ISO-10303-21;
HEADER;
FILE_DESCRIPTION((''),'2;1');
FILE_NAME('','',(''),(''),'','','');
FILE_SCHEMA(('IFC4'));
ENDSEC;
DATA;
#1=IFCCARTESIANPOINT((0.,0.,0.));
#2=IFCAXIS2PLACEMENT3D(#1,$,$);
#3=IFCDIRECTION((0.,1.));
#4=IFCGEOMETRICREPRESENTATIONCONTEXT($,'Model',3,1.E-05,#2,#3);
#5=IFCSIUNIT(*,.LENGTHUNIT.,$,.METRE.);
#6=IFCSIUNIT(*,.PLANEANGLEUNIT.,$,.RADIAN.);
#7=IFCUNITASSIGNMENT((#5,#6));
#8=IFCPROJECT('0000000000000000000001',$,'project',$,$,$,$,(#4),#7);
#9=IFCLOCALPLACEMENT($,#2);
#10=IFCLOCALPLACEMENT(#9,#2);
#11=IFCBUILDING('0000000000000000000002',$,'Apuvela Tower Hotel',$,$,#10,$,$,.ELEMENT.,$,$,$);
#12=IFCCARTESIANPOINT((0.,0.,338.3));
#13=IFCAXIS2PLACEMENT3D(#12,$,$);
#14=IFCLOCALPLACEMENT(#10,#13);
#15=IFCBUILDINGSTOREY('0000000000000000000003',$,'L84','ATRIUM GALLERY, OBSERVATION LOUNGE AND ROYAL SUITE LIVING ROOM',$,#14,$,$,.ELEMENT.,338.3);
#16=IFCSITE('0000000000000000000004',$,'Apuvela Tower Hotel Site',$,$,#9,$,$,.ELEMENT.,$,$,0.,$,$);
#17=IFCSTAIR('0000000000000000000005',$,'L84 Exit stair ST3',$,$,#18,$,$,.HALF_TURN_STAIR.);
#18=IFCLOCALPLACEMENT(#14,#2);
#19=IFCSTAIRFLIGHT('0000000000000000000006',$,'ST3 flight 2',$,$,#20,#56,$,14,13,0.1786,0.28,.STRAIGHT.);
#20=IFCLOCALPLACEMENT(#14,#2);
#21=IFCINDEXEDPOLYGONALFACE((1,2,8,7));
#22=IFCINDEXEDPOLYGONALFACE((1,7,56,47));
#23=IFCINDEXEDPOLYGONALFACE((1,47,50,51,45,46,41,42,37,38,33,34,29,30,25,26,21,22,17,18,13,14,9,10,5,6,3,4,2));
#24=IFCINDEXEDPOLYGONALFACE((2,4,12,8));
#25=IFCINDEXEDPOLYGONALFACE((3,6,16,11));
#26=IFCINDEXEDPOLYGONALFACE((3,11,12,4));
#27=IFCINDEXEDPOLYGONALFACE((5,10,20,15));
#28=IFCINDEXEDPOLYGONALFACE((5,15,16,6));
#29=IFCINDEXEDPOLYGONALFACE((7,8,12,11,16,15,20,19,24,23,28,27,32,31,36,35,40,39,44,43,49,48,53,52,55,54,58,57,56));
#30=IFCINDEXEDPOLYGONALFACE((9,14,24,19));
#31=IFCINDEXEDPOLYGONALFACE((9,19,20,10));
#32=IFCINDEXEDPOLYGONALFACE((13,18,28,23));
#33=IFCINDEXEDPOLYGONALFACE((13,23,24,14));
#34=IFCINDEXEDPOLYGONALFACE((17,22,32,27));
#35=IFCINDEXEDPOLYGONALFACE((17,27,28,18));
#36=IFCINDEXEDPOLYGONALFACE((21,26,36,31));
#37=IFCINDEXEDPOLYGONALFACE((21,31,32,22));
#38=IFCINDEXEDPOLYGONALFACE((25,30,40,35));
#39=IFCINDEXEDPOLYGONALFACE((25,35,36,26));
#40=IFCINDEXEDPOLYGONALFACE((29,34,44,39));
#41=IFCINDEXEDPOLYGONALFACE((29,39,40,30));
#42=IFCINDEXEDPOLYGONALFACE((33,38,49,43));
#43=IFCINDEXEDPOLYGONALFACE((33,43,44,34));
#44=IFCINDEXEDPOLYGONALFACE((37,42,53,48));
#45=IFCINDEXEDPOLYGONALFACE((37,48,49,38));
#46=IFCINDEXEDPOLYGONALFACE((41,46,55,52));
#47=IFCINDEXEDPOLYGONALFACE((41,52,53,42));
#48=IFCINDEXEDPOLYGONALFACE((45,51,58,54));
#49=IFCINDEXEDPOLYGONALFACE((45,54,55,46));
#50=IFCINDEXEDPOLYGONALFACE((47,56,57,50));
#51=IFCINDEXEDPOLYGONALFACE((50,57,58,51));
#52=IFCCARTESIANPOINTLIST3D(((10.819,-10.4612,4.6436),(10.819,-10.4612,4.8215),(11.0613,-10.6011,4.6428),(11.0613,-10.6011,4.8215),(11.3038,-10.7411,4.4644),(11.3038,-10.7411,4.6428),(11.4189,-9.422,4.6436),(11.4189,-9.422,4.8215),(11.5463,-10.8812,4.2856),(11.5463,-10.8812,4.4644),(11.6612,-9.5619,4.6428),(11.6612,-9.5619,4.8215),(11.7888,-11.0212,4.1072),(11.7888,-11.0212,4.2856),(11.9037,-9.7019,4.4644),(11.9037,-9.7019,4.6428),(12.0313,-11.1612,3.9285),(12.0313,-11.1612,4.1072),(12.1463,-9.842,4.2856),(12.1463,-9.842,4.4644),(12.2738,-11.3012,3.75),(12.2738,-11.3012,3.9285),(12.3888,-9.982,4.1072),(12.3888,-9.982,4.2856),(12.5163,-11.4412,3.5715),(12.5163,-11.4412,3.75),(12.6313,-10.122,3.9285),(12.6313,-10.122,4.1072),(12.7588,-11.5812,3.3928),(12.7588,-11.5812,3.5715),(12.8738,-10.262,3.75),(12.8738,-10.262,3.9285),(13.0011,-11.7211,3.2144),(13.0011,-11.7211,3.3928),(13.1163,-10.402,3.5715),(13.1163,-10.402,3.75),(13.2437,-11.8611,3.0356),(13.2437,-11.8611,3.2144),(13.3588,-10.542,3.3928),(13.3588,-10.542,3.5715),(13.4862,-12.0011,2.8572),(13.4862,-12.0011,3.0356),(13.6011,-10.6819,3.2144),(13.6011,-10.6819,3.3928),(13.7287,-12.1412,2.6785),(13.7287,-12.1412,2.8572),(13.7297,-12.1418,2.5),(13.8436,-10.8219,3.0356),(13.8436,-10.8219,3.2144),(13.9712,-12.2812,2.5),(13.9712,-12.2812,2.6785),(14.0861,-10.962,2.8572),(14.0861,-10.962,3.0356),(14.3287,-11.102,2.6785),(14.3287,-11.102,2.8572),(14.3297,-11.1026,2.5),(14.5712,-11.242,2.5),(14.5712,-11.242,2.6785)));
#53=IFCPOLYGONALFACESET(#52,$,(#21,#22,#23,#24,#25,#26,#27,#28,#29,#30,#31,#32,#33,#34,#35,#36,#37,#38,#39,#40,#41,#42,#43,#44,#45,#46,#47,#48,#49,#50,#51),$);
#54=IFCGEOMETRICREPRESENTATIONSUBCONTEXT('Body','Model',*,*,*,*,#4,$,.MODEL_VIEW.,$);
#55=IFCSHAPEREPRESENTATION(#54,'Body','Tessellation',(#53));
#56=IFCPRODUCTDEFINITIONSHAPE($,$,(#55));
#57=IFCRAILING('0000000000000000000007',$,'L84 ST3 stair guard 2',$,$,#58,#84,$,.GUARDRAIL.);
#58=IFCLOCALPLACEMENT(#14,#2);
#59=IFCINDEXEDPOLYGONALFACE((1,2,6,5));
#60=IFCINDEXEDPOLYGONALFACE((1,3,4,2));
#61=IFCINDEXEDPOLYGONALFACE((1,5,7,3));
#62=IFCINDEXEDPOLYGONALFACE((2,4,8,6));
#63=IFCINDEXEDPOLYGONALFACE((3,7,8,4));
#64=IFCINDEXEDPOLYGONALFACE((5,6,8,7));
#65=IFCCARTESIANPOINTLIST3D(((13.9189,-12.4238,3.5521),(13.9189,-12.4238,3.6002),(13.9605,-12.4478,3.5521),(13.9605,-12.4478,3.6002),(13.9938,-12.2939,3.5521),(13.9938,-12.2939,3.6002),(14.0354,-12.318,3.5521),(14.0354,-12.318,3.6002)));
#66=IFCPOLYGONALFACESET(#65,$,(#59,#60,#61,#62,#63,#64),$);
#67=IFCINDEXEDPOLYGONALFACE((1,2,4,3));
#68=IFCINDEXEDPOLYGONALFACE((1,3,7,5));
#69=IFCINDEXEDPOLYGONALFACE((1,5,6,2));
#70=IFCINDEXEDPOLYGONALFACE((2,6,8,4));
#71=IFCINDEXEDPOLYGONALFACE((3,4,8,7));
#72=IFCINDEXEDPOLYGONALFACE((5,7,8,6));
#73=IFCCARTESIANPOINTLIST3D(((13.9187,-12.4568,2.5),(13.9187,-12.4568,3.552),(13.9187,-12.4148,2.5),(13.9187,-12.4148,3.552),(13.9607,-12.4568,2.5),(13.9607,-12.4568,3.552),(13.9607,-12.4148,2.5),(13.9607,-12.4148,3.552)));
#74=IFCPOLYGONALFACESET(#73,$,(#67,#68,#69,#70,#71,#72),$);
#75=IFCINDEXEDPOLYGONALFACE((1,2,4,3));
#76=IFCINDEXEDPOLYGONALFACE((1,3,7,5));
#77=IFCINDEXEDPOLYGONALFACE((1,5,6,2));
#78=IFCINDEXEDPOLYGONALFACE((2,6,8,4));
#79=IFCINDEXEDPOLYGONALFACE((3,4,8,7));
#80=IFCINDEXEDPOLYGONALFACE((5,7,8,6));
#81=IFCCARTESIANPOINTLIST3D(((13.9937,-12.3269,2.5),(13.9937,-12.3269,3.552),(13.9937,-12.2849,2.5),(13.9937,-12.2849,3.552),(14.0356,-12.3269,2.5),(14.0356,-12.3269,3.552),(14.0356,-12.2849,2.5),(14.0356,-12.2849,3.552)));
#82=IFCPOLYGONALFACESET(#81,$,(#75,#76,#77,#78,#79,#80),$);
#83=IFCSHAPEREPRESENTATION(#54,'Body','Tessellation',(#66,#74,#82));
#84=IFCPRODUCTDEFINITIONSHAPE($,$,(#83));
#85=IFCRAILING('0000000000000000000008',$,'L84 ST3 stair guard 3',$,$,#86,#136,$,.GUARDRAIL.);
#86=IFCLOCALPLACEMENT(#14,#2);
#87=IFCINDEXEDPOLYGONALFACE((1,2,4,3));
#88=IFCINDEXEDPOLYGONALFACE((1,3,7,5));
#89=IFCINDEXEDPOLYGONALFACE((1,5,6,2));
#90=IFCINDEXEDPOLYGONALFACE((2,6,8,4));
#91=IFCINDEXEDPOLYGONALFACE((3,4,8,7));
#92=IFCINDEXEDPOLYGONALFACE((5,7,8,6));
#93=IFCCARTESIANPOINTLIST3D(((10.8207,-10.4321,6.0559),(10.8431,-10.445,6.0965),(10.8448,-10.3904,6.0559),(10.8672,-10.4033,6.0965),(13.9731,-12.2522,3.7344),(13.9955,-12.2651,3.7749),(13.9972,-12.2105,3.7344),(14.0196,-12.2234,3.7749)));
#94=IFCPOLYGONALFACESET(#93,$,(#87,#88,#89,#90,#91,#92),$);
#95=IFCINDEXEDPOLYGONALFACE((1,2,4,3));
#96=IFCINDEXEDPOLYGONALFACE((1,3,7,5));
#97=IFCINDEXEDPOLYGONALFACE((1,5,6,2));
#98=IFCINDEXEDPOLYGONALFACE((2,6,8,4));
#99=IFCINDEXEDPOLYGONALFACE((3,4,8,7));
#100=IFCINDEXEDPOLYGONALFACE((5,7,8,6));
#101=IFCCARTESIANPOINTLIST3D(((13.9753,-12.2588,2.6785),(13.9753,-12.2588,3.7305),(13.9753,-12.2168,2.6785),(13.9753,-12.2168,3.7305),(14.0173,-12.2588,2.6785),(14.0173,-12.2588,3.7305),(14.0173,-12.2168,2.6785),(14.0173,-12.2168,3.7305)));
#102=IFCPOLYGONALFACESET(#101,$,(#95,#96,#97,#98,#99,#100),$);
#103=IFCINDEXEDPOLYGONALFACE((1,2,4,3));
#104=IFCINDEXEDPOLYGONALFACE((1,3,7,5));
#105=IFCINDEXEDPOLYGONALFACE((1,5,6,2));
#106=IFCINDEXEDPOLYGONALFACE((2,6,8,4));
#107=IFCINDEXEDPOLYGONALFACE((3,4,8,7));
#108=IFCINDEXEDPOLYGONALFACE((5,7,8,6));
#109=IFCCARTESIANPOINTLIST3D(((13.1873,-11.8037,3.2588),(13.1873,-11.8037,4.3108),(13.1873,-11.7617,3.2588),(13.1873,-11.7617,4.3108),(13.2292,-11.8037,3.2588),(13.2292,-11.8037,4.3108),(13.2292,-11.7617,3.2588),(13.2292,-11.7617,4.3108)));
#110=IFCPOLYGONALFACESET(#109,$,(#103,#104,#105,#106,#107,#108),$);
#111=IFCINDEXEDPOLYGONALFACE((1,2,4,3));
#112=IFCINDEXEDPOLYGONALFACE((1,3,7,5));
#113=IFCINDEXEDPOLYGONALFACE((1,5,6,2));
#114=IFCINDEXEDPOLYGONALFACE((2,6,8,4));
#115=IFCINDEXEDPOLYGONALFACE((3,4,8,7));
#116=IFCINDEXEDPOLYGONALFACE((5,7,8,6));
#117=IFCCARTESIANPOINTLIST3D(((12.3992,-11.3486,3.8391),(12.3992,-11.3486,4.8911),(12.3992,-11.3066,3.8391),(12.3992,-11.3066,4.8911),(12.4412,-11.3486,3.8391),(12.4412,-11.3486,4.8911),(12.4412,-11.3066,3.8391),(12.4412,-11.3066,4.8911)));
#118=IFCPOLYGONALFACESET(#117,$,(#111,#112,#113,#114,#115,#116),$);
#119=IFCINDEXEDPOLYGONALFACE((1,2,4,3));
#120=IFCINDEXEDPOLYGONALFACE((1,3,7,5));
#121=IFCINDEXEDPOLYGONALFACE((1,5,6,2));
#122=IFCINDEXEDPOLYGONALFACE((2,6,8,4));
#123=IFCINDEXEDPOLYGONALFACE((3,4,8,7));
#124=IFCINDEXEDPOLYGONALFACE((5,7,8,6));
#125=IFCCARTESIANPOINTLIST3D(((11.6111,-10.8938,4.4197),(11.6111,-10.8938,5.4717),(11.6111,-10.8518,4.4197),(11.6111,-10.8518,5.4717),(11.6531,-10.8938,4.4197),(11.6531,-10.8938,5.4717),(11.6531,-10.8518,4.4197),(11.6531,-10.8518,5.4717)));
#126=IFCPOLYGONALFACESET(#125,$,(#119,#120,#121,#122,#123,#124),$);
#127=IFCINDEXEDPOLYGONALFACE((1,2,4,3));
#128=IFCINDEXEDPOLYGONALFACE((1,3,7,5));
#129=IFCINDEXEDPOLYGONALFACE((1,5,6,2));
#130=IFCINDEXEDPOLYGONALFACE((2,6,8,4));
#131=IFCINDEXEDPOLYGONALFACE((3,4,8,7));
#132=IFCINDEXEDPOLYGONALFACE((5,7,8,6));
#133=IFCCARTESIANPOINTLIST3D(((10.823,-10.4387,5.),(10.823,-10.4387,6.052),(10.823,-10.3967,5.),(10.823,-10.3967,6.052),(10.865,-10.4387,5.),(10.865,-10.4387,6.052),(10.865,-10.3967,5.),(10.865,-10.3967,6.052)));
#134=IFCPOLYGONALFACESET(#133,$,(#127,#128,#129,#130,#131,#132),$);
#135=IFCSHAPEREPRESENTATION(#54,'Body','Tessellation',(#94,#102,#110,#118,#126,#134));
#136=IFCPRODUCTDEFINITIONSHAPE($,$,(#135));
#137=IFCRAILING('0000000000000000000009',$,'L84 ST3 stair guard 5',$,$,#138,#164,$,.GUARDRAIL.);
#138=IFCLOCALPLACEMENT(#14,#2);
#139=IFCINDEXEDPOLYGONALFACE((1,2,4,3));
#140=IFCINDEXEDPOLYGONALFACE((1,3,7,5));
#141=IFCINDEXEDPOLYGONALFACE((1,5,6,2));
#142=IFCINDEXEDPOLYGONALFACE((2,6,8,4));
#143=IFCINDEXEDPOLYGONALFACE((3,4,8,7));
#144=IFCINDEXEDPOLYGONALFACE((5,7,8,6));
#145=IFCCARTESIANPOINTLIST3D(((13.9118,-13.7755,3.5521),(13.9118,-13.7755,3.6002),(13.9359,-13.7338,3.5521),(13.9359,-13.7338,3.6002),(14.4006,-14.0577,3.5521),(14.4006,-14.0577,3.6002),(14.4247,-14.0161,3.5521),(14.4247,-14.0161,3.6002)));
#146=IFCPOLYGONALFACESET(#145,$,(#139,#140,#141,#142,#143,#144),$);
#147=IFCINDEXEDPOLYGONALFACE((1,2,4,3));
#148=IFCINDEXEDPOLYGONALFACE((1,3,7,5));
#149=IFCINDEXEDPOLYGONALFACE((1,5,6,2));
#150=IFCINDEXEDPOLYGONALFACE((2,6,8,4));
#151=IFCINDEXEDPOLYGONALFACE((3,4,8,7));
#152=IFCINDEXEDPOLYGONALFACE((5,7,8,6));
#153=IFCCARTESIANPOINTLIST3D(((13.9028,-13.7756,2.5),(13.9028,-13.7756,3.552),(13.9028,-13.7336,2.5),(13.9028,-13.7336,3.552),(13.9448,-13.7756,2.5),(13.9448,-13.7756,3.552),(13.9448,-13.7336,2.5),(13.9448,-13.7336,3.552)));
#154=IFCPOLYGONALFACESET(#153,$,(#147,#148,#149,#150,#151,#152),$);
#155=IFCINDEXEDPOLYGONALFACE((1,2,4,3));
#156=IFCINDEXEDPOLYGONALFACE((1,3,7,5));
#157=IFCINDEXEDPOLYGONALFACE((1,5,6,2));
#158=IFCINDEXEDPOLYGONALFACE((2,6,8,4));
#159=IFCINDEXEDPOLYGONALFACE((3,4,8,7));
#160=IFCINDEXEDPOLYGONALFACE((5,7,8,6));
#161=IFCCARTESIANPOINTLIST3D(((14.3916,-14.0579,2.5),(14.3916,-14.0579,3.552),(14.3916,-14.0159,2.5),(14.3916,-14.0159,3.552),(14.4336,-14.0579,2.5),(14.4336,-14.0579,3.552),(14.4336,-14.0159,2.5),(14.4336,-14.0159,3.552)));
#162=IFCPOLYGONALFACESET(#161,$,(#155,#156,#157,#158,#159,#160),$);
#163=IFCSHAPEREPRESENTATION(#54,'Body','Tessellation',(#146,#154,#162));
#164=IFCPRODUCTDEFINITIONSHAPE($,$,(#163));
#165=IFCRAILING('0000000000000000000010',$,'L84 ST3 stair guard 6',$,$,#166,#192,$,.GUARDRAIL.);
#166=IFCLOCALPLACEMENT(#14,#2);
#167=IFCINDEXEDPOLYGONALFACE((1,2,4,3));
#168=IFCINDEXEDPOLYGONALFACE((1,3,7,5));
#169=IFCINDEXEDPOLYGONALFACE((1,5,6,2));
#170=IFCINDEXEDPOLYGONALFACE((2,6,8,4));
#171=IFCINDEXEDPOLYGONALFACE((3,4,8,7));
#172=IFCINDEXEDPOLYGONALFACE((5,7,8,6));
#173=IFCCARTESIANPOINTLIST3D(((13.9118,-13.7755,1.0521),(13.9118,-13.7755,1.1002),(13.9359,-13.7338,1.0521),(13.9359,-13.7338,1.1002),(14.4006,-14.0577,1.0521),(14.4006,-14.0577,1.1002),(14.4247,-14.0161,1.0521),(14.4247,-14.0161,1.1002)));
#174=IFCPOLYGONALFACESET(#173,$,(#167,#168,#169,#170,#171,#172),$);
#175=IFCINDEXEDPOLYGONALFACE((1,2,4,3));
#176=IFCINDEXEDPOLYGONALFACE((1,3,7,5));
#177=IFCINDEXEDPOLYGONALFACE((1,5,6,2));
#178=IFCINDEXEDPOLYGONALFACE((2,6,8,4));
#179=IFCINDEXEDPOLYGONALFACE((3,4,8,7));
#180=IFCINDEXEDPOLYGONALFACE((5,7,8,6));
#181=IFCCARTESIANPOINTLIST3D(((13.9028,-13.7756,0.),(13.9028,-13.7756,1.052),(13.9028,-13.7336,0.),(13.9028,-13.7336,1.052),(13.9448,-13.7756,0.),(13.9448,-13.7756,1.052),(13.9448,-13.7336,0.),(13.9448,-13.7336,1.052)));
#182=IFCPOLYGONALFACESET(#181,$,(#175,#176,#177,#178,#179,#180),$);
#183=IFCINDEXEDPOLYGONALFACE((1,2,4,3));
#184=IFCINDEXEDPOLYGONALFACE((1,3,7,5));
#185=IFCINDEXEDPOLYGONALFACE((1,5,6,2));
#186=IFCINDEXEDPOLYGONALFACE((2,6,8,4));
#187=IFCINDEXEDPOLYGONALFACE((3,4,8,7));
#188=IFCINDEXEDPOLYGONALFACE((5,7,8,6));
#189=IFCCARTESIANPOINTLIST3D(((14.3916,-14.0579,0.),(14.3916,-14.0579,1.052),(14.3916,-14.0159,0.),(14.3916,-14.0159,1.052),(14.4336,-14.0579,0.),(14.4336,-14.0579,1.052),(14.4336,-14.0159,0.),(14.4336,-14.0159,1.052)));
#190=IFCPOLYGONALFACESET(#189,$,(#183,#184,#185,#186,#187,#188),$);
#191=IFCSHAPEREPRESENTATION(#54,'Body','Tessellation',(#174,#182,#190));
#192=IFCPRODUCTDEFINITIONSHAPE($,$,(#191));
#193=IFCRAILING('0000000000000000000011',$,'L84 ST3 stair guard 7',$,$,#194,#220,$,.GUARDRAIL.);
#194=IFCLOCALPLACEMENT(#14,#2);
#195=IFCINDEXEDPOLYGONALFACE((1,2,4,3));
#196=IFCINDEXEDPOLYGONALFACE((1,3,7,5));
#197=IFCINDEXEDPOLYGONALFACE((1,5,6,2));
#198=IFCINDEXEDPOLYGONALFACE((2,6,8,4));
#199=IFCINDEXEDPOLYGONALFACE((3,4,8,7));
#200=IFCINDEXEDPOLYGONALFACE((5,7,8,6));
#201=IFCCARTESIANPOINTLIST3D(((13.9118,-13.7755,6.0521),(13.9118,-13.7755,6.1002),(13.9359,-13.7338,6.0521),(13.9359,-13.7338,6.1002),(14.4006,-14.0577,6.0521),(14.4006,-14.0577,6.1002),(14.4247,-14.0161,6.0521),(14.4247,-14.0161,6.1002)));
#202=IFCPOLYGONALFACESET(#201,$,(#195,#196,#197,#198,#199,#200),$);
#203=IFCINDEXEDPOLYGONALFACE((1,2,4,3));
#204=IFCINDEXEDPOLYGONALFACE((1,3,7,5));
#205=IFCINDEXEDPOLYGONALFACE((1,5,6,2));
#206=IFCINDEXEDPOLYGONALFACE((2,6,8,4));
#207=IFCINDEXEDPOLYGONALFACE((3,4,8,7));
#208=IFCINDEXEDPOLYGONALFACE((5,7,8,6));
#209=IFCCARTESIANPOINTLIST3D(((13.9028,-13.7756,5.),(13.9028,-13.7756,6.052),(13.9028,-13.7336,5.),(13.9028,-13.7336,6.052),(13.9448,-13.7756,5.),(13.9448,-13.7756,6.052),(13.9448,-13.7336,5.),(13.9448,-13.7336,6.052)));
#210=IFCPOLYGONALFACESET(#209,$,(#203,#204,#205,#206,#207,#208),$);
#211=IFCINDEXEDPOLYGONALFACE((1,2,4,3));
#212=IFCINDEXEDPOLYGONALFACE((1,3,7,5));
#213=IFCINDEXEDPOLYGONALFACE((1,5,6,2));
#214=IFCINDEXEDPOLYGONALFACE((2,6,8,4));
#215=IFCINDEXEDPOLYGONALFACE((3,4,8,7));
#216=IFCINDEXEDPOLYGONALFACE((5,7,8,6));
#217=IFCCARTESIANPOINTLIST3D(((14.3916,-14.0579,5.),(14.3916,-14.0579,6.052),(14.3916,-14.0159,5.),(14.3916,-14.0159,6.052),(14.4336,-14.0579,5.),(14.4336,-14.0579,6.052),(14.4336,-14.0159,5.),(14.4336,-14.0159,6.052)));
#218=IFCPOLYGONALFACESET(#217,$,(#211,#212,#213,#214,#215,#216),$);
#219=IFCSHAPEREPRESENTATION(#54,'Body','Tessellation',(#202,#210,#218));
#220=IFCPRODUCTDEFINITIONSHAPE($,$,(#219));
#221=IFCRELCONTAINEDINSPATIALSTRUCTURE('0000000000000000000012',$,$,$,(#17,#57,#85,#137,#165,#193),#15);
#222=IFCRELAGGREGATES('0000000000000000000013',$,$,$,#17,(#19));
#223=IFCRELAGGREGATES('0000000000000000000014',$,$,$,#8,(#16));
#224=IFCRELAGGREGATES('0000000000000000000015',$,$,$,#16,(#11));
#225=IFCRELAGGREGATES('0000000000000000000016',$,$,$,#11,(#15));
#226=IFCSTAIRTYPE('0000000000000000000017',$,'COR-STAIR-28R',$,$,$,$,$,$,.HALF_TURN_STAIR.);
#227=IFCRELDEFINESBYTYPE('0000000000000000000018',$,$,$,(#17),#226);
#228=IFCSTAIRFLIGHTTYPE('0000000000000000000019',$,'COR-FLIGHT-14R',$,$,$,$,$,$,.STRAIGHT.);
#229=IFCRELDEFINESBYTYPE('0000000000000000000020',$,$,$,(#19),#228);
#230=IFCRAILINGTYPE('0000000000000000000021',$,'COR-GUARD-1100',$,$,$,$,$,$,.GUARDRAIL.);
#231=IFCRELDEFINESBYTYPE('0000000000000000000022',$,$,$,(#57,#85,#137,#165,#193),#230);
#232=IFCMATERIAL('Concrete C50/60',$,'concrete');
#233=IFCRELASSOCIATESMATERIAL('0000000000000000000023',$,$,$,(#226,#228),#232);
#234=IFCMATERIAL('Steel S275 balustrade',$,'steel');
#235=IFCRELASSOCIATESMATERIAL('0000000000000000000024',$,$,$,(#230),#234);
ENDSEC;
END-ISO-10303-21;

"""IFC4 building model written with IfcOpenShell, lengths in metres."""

from ifc_helpers import new_model, si_unit, direction, frame, origin, origin_2d, place, context, subcontext, project, spatial, polyline, rectangle, outline, extrude, material, type_object, element, aggregate, save


model = new_model("IFC4")

# Units and contexts
model_context = context("Model", 3, precision=1e-05, world=origin(), true_north=direction((0.0, 1.0)))
body_context = subcontext(model_context, "Body", "Model", "MODEL_VIEW")
ifc_project = project(units=[si_unit("LENGTHUNIT", "METRE"), si_unit("PLANEANGLEUNIT", "RADIAN")], contexts=[model_context])

# Site, building, storey
site_placement = place(None, origin())
site = spatial("IfcSite", under=ifc_project, at=site_placement, Name="Apuvela Tower Hotel Site", CompositionType="ELEMENT", RefElevation=0.0)
building_placement = place(site_placement, origin())
building = spatial("IfcBuilding", under=site, at=building_placement, Name="Apuvela Tower Hotel", CompositionType="ELEMENT")
storey_placement = place(building_placement, frame((0.0, 0.0, 338.3)))
storey = spatial("IfcBuildingStorey", under=building, at=storey_placement, Name="L84", Description="ATRIUM GALLERY, OBSERVATION LOUNGE AND ROYAL SUITE LIVING ROOM", CompositionType="ELEMENT", Elevation=338.3)

# Shared definitions
ifc_material_1 = material(Name="Concrete C50/60", Category="concrete")

# Stair, stair flight
stair_type = type_object("IfcStairType", Name="COR-STAIR-28R", PredefinedType="HALF_TURN_STAIR", material=ifc_material_1)
stair_placement = place(storey_placement, origin())
stair = element("IfcStair", 1, at=stair_placement, inside=storey, type_object=stair_type, Name="L84 Exit stair ST3", PredefinedType="HALF_TURN_STAIR")
stair_flight_type = type_object("IfcStairFlightType", Name="COR-FLIGHT-14R", PredefinedType="STRAIGHT", material=ifc_material_1)
stair_flight_placement = place(storey_placement, frame((14.2712, -11.7615, 2.5), z_axis=(0.0, 0.0, 1.0), x_axis=(-0.866025, 0.5, 0.0)))
stair_flight = element("IfcStairFlight", 2, at=stair_flight_placement, type_object=stair_flight_type, Name="ST3 flight 2", NumberOfRisers=14, NumberOfTreads=13, PredefinedType="STRAIGHT", RiserHeight=0.1786, TreadLength=0.28, context=body_context, shape_type="SweptSolid", body=[
    extrude(outline(polyline([(0.0, 0.0), (0.0, 0.1785), (0.28, 0.1785), (0.28, 0.3572), (0.5601, 0.3572), (0.5601, 0.5356), (0.8401, 0.5356), (0.8401, 0.7144), (1.1201, 0.7144), (1.1201, 0.8928), (1.3999, 0.8928), (1.3999, 1.0715), (1.6799, 1.0715), (1.6799, 1.25), (1.96, 1.25), (1.96, 1.4285), (2.24, 1.4285), (2.24, 1.6072), (2.52, 1.6072), (2.52, 1.7856), (2.8, 1.7856), (2.8, 1.9644), (3.0801, 1.9644), (3.0801, 2.1428), (3.3601, 2.1428), (3.3601, 2.3215), (3.6399, 2.3215), (3.6399, 2.5), (3.6399, 2.1436), (0.2788, 0.0), (0.0, 0.0)])), frame((0.0, 0.6001, 0.0), z_axis=(0.0, -1.0, 0.0), x_axis=(1.0, 0.0, 0.0)), (0.0, 0.0, 1.0), 1.2),
])
aggregate(stair, [stair_flight])

# Railings
ifc_material_2 = material(Name="Steel S275 balustrade", Category="steel")
railing_type_1 = type_object("IfcRailingType", Name="COR-GUARD-1100", PredefinedType="GUARDRAIL", material=ifc_material_2)
railing_1_placement = place(storey_placement, frame((13.9397, -12.4358, 2.5)))
element("IfcRailing", 3, at=railing_1_placement, inside=storey, type_object=railing_type_1, Name="L84 ST3 stair guard 2", PredefinedType="GUARDRAIL", context=body_context, shape_type="SweptSolid", body=[
    extrude(rectangle(XDim=0.0481, YDim=0.0481, at=origin_2d()), frame((0.0, 0.0, 1.0762), z_axis=(0.499816, 0.866131, 0.0), x_axis=(-0.866131, 0.499816, 0.0)), (0.0, 0.0, 1.0), 0.1499),
    extrude(rectangle(XDim=0.042, YDim=0.042, at=origin_2d()), origin(), (0.0, 0.0, 1.0), 1.052),
    extrude(rectangle(XDim=0.042, YDim=0.042, at=origin_2d()), frame((0.075, 0.1299, 0.0)), (0.0, 0.0, 1.0), 1.052),
])
railing_2_placement = place(storey_placement, frame((13.9963, -12.2378, 2.6785)))
element("IfcRailing", 4, at=railing_2_placement, inside=storey, type_object=railing_type_1, Name="L84 ST3 stair guard 3", PredefinedType="GUARDRAIL", context=body_context, shape_type="SweptSolid", body=[
    extrude(rectangle(XDim=0.0481, YDim=0.0481, at=origin_2d()), frame((0.0, 0.0, 1.0762), z_axis=(-0.730159, 0.421572, 0.537723), x_axis=(-0.500013, -0.866018, 0.0)), (0.0, 0.0, 1.0), 4.3174),
    extrude(rectangle(XDim=0.042, YDim=0.042, at=origin_2d()), origin(), (0.0, 0.0, 1.0), 1.052),
    extrude(rectangle(XDim=0.042, YDim=0.042, at=origin_2d()), frame((-0.7881, 0.4551, 0.5803)), (0.0, 0.0, 1.0), 1.052),
    extrude(rectangle(XDim=0.042, YDim=0.042, at=origin_2d()), frame((-1.5762, 0.9102, 1.1606)), (0.0, 0.0, 1.0), 1.052),
    extrude(rectangle(XDim=0.042, YDim=0.042, at=origin_2d()), frame((-2.3643, 1.365, 1.7412)), (0.0, 0.0, 1.0), 1.052),
    extrude(rectangle(XDim=0.042, YDim=0.042, at=origin_2d()), frame((-3.1523, 1.8201, 2.3215)), (0.0, 0.0, 1.0), 1.052),
])
for number, where, name in (
    (5, (13.9238, -13.7546, 2.5), "L84 ST3 stair guard 5"),
    (6, (13.9238, -13.7546, 0.0), "L84 ST3 stair guard 6"),
    (7, (13.9238, -13.7546, 5.0), "L84 ST3 stair guard 7"),
):
    element("IfcRailing", number, at=place(storey_placement, frame(where)), inside=storey, type_object=railing_type_1, Name=name, PredefinedType="GUARDRAIL", context=body_context, shape_type="SweptSolid", body=[
        extrude(rectangle(XDim=0.0481, YDim=0.0481, at=origin_2d()), frame((0.0, 0.0, 1.0762), z_axis=(0.865998, -0.500047, 0.0), x_axis=(0.500047, 0.865998, 0.0)), (0.0, 0.0, 1.0), 0.5645),
        extrude(rectangle(XDim=0.042, YDim=0.042, at=origin_2d()), origin(), (0.0, 0.0, 1.0), 1.052),
        extrude(rectangle(XDim=0.042, YDim=0.042, at=origin_2d()), frame((0.4888, -0.2822, 0.0)), (0.0, 0.0, 1.0), 1.052),
    ])

save(model, "model.ifc")
